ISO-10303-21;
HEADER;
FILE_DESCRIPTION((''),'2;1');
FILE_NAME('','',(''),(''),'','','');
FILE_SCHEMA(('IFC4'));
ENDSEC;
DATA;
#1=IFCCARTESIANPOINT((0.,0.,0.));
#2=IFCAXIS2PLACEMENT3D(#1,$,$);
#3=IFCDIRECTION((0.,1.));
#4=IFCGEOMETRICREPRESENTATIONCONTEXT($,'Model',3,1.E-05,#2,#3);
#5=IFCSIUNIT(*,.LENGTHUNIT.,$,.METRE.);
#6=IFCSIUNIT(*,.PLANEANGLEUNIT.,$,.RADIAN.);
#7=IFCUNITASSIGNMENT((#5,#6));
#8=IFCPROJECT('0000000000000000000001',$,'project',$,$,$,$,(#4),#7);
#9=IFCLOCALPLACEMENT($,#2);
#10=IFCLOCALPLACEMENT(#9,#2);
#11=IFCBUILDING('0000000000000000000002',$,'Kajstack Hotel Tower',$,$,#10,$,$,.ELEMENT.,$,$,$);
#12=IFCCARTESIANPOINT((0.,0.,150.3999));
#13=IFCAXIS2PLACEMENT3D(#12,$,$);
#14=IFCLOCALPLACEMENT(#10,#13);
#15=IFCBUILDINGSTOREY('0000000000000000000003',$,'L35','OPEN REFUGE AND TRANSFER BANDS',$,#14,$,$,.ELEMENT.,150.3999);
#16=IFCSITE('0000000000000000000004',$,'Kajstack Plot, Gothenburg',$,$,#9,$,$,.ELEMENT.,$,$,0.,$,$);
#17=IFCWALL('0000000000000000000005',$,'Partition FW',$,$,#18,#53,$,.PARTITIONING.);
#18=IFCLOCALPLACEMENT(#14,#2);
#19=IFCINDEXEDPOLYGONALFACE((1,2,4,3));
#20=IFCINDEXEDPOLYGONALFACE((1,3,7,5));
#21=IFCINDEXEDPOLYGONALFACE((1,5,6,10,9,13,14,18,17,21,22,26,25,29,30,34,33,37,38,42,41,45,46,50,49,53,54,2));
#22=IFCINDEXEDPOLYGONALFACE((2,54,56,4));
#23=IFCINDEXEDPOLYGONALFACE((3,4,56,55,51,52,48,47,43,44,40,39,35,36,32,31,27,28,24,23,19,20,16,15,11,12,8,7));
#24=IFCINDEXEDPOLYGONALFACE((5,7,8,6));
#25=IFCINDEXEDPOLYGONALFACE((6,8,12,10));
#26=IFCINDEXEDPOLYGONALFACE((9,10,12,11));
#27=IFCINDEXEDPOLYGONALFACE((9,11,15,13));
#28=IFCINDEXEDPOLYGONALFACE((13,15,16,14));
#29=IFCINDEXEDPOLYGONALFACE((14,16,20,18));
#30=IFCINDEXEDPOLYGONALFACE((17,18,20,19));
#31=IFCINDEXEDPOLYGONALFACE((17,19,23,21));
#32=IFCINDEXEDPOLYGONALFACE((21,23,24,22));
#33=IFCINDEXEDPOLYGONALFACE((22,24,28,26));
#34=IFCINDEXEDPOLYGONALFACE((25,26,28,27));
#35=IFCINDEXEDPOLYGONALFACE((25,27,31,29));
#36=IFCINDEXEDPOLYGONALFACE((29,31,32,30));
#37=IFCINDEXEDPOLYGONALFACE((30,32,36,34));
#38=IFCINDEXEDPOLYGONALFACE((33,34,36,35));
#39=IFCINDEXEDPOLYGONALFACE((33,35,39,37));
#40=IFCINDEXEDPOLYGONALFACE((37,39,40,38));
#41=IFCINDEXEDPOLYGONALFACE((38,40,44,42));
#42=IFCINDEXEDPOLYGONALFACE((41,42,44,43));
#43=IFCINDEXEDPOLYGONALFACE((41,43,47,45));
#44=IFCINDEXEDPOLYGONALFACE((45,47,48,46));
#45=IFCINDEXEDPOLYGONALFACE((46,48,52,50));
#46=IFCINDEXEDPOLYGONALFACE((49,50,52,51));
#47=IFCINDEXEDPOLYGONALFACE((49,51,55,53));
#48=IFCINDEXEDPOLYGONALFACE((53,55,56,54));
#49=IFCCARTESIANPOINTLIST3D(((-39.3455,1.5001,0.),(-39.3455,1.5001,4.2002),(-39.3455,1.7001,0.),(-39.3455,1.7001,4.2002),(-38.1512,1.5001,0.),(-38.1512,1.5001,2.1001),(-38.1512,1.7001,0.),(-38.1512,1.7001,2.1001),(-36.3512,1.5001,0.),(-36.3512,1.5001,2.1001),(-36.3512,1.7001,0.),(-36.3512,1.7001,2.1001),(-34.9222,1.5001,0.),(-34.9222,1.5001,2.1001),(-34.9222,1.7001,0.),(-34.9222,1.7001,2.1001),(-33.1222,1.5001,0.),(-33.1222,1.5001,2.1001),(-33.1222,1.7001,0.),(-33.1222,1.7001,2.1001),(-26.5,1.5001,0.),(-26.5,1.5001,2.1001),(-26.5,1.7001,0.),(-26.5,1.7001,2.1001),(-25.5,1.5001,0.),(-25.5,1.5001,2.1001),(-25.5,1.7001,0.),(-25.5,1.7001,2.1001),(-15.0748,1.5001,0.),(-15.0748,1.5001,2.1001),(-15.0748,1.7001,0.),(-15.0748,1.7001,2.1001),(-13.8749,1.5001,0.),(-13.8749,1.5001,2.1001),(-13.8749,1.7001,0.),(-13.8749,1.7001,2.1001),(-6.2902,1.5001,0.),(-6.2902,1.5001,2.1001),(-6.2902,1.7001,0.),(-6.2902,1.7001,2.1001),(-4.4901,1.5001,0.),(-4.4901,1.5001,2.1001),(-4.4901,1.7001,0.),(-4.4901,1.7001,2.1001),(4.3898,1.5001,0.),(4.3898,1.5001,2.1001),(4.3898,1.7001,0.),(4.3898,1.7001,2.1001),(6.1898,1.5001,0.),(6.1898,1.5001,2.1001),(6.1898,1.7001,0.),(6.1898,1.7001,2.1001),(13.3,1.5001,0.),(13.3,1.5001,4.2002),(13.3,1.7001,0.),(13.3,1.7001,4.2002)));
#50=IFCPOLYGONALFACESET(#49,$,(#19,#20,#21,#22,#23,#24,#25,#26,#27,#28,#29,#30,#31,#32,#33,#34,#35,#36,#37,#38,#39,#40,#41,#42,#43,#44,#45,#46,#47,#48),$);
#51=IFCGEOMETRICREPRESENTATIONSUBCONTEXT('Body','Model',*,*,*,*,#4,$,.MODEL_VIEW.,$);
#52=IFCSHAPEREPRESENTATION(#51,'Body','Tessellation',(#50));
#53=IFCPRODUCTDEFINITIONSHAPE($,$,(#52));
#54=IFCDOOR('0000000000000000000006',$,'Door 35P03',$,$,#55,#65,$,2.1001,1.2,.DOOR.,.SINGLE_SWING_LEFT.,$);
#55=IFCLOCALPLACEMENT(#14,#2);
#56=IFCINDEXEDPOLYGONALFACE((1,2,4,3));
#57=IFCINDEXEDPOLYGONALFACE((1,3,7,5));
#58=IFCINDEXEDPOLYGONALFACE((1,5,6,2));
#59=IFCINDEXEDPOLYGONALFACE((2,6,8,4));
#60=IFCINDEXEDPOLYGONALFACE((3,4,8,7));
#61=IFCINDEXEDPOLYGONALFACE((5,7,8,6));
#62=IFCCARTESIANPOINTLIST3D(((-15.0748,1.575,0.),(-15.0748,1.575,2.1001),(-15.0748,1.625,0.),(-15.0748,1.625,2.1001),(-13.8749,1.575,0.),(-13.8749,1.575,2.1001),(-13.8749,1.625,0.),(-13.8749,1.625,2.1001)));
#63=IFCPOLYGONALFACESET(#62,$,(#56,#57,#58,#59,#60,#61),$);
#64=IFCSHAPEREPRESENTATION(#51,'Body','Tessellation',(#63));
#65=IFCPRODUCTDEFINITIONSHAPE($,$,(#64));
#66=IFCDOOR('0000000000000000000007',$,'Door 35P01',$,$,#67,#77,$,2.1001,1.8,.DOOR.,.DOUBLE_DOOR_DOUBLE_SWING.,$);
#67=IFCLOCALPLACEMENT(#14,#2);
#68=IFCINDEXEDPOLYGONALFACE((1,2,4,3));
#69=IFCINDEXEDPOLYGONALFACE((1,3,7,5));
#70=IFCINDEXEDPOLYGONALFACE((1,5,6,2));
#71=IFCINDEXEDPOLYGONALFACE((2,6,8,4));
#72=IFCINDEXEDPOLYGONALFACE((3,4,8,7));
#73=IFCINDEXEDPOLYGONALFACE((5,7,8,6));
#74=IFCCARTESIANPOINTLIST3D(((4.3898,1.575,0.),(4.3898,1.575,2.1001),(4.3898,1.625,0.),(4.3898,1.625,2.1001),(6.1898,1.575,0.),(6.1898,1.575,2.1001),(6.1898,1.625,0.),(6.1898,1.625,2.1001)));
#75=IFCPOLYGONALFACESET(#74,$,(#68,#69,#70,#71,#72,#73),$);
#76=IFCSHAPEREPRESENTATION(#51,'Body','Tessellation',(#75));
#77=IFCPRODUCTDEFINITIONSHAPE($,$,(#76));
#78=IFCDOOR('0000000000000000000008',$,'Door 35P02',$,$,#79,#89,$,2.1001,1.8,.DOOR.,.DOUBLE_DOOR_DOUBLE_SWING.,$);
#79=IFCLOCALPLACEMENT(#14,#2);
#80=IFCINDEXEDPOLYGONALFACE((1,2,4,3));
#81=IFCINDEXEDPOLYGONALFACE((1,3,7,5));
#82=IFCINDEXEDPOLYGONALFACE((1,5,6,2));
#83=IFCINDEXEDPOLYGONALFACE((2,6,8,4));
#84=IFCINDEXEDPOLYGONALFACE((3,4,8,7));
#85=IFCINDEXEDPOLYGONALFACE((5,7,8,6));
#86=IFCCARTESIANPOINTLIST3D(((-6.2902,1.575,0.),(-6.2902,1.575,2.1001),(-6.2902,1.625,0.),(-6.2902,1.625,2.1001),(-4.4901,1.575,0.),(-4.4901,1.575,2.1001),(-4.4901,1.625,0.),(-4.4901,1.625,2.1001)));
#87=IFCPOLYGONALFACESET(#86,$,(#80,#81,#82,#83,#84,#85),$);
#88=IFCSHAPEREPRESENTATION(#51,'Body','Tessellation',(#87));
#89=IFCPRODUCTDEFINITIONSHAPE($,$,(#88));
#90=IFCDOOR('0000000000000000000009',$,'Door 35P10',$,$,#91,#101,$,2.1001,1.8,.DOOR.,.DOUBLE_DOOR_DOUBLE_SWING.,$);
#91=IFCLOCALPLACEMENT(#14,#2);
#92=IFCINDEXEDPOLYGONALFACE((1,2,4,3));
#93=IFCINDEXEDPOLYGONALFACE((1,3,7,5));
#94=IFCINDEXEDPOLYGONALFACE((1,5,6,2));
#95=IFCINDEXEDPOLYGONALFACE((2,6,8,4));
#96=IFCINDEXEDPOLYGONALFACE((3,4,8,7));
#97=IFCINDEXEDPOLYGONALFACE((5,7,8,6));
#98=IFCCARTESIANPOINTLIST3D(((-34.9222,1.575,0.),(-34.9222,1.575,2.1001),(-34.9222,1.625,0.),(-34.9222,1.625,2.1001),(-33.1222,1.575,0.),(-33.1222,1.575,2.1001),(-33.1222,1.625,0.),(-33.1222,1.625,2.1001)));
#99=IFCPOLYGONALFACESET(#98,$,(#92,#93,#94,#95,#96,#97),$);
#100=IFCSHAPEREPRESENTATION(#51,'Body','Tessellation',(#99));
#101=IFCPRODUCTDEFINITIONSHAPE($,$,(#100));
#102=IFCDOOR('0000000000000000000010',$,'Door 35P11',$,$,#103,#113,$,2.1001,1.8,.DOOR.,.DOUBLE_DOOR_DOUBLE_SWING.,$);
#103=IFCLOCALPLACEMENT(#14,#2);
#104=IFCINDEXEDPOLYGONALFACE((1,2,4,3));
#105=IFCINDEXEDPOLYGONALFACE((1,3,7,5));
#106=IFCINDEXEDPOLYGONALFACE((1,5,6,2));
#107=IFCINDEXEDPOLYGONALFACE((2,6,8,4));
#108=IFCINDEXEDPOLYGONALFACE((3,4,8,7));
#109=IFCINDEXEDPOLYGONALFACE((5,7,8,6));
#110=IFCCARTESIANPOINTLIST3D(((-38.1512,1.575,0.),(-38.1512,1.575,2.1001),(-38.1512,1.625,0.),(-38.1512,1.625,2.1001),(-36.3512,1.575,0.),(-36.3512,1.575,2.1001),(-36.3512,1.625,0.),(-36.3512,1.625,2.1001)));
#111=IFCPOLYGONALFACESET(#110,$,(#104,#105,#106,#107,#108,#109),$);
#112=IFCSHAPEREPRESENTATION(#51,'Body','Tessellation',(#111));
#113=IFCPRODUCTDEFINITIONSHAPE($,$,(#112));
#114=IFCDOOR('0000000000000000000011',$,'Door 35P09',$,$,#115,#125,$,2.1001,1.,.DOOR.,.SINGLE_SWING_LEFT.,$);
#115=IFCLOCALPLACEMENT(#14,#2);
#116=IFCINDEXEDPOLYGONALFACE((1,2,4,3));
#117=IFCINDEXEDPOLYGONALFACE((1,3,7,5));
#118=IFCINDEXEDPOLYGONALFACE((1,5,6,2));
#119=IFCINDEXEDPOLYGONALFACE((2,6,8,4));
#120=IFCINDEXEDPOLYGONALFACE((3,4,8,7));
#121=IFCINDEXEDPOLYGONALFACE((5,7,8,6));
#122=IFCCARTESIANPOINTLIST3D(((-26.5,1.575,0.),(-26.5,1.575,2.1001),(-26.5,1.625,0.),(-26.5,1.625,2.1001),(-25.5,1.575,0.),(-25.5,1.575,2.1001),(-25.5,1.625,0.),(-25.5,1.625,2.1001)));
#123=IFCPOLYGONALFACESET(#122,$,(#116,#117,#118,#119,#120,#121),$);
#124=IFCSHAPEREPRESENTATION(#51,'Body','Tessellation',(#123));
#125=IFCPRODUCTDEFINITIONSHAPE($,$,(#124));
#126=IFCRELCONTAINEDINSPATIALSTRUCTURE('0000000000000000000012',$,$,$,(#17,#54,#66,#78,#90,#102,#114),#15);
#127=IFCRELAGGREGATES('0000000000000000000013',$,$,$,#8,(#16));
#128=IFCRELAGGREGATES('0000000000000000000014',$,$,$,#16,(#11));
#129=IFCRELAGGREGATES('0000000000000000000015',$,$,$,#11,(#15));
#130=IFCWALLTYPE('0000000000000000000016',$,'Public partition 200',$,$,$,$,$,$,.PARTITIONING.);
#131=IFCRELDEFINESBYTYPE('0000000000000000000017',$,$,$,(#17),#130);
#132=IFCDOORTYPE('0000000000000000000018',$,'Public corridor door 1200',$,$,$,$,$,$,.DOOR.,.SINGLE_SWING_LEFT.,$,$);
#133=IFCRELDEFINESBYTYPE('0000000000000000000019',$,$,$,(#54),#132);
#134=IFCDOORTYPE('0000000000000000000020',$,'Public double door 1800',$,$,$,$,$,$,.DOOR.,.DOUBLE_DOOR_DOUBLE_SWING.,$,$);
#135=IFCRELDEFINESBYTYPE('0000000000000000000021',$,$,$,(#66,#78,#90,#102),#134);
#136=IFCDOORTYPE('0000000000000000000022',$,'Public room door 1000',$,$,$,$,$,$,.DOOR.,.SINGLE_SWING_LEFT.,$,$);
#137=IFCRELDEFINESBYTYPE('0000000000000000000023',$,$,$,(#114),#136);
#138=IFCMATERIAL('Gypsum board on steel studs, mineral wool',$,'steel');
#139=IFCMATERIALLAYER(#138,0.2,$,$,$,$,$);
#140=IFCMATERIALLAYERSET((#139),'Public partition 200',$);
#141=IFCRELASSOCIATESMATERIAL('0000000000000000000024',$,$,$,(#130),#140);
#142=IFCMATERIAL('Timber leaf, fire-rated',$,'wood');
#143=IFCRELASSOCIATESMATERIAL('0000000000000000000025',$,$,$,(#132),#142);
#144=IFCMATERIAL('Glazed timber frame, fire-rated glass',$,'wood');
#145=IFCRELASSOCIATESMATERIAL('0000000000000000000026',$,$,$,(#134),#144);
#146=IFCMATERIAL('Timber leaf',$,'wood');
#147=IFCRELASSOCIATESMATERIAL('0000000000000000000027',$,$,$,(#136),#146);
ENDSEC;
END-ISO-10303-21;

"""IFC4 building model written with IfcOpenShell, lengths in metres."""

from ifc_helpers import new_model, si_unit, direction, frame, frame_2d, origin, place, context, subcontext, project, spatial, rectangle, extrude, material, layer, layer_set, type_object, element, fill, save


model = new_model("IFC4")

# Units and contexts
model_context = context("Model", 3, precision=1e-05, world=origin(), true_north=direction((0.0, 1.0)))
body_context = subcontext(model_context, "Body", "Model", "MODEL_VIEW")
ifc_project = project(units=[si_unit("LENGTHUNIT", "METRE"), si_unit("PLANEANGLEUNIT", "RADIAN")], contexts=[model_context])

# Site, building, storey
site_placement = place(None, origin())
site = spatial("IfcSite", under=ifc_project, at=site_placement, Name="Kajstack Plot, Gothenburg", CompositionType="ELEMENT", RefElevation=0.0)
building_placement = place(site_placement, origin())
building = spatial("IfcBuilding", under=site, at=building_placement, Name="Kajstack Hotel Tower", CompositionType="ELEMENT")
storey_placement = place(building_placement, frame((0.0, 0.0, 150.3999)))
storey = spatial("IfcBuildingStorey", under=building, at=storey_placement, Name="L35", Description="OPEN REFUGE AND TRANSFER BANDS", CompositionType="ELEMENT", Elevation=150.3999)

# Wall, openings, doors
ifc_material_1 = material(Name="Gypsum board on steel studs, mineral wool", Category="steel")
ifc_layer_1 = layer(ifc_material_1, 0.2)
ifc_layer_set_1 = layer_set([ifc_layer_1], Name="Public partition 200")
wall_type_1 = type_object("IfcWallType", Name="Public partition 200", PredefinedType="PARTITIONING", material=ifc_layer_set_1)
wall_1_placement = place(storey_placement, frame((-39.3455, 1.6001, 0.0), z_axis=(0.0, 0.0, 1.0), x_axis=(1.0, 0.0, 0.0)))
wall_1 = element("IfcWall", 1, at=wall_1_placement, inside=storey, type_object=wall_type_1, Name="Partition FW", PredefinedType="PARTITIONING", context=body_context, shape_type="SweptSolid", body=[
    extrude(rectangle(XDim=52.6455, YDim=0.2, at=frame_2d((26.3228, 0.0))), origin(), (0.0, 0.0, 1.0), 4.2002),
])
opening_1_placement = place(wall_1_placement, frame((43.7354, 0.0, 0.0)))
opening_1 = element("IfcOpeningElement", 2, at=opening_1_placement, cuts=wall_1, PredefinedType="OPENING", context=body_context, shape_type="SweptSolid", body=[
    extrude(rectangle(XDim=1.8, YDim=2.1001, at=frame_2d((0.8999, 1.05))), frame((0.0, 0.1099, 0.0), z_axis=(0.0, -1.0, 0.0), x_axis=(1.0, 0.0, 0.0)), (0.0, 0.0, 1.0), 0.22),
])
opening_2_placement = place(wall_1_placement, frame((33.0554, 0.0, 0.0)))
opening_2 = element("IfcOpeningElement", 3, at=opening_2_placement, cuts=wall_1, PredefinedType="OPENING", context=body_context, shape_type="SweptSolid", body=[
    extrude(rectangle(XDim=1.8, YDim=2.1001, at=frame_2d((0.8999, 1.05))), frame((0.0, 0.1099, 0.0), z_axis=(0.0, -1.0, 0.0), x_axis=(1.0, 0.0, 0.0)), (0.0, 0.0, 1.0), 0.22),
])
opening_3_placement = place(wall_1_placement, frame((24.2705, 0.0, 0.0)))
opening_3 = element("IfcOpeningElement", 4, at=opening_3_placement, cuts=wall_1, PredefinedType="OPENING", context=body_context, shape_type="SweptSolid", body=[
    extrude(rectangle(XDim=1.2, YDim=2.1001, at=frame_2d((0.6001, 1.05))), frame((0.0, 0.1099, 0.0), z_axis=(0.0, -1.0, 0.0), x_axis=(1.0, 0.0, 0.0)), (0.0, 0.0, 1.0), 0.22),
])
opening_4_placement = place(wall_1_placement, frame((12.8455, 0.0, 0.0)))
opening_4 = element("IfcOpeningElement", 5, at=opening_4_placement, cuts=wall_1, PredefinedType="OPENING", context=body_context, shape_type="SweptSolid", body=[
    extrude(rectangle(XDim=1.0, YDim=2.1001, at=frame_2d((0.5, 1.05))), frame((0.0, 0.1099, 0.0), z_axis=(0.0, -1.0, 0.0), x_axis=(1.0, 0.0, 0.0)), (0.0, 0.0, 1.0), 0.22),
])
opening_5_placement = place(wall_1_placement, frame((4.4233, 0.0, 0.0)))
opening_5 = element("IfcOpeningElement", 6, at=opening_5_placement, cuts=wall_1, PredefinedType="OPENING", context=body_context, shape_type="SweptSolid", body=[
    extrude(rectangle(XDim=1.8, YDim=2.1001, at=frame_2d((0.8999, 1.05))), frame((0.0, 0.1099, 0.0), z_axis=(0.0, -1.0, 0.0), x_axis=(1.0, 0.0, 0.0)), (0.0, 0.0, 1.0), 0.22),
])
opening_6_placement = place(wall_1_placement, frame((1.1943, 0.0, 0.0)))
opening_6 = element("IfcOpeningElement", 7, at=opening_6_placement, cuts=wall_1, PredefinedType="OPENING", context=body_context, shape_type="SweptSolid", body=[
    extrude(rectangle(XDim=1.8, YDim=2.1001, at=frame_2d((0.8999, 1.05))), frame((0.0, 0.1099, 0.0), z_axis=(0.0, -1.0, 0.0), x_axis=(1.0, 0.0, 0.0)), (0.0, 0.0, 1.0), 0.22),
])
ifc_material_2 = material(Name="Timber leaf, fire-rated", Category="wood")
door_type_1 = type_object("IfcDoorType", Name="Public corridor door 1200", OperationType="SINGLE_SWING_LEFT", PredefinedType="DOOR", material=ifc_material_2)
door_1_placement = place(opening_3_placement, origin())
door_1 = element("IfcDoor", 8, at=door_1_placement, inside=storey, type_object=door_type_1, Name="Door 35P03", OperationType="SINGLE_SWING_LEFT", OverallHeight=2.1001, OverallWidth=1.2, PredefinedType="DOOR", context=body_context, shape_type="SweptSolid", body=[
    extrude(rectangle(XDim=1.2, YDim=2.1001, at=frame_2d((0.6001, 1.05))), frame((0.0, 0.0249, 0.0), z_axis=(0.0, -1.0, 0.0), x_axis=(1.0, 0.0, 0.0)), (0.0, 0.0, 1.0), 0.05),
])
fill(opening_3, door_1)
ifc_material_3 = material(Name="Glazed timber frame, fire-rated glass", Category="wood")
door_type_2 = type_object("IfcDoorType", Name="Public double door 1800", OperationType="DOUBLE_DOOR_DOUBLE_SWING", PredefinedType="DOOR", material=ifc_material_3)
door_2_placement = place(opening_1_placement, origin())
door_2 = element("IfcDoor", 9, at=door_2_placement, inside=storey, type_object=door_type_2, Name="Door 35P01", OperationType="DOUBLE_DOOR_DOUBLE_SWING", OverallHeight=2.1001, OverallWidth=1.8, PredefinedType="DOOR", context=body_context, shape_type="SweptSolid", body=[
    extrude(rectangle(XDim=1.8, YDim=2.1001, at=frame_2d((0.8999, 1.05))), frame((0.0, 0.0249, 0.0), z_axis=(0.0, -1.0, 0.0), x_axis=(1.0, 0.0, 0.0)), (0.0, 0.0, 1.0), 0.05),
])
fill(opening_1, door_2)
door_3_placement = place(opening_2_placement, origin())
door_3 = element("IfcDoor", 10, at=door_3_placement, inside=storey, type_object=door_type_2, Name="Door 35P02", OperationType="DOUBLE_DOOR_DOUBLE_SWING", OverallHeight=2.1001, OverallWidth=1.8, PredefinedType="DOOR", context=body_context, shape_type="SweptSolid", body=[
    extrude(rectangle(XDim=1.8, YDim=2.1001, at=frame_2d((0.8999, 1.05))), frame((0.0, 0.0249, 0.0), z_axis=(0.0, -1.0, 0.0), x_axis=(1.0, 0.0, 0.0)), (0.0, 0.0, 1.0), 0.05),
])
fill(opening_2, door_3)
door_4_placement = place(opening_5_placement, origin())
door_4 = element("IfcDoor", 11, at=door_4_placement, inside=storey, type_object=door_type_2, Name="Door 35P10", OperationType="DOUBLE_DOOR_DOUBLE_SWING", OverallHeight=2.1001, OverallWidth=1.8, PredefinedType="DOOR", context=body_context, shape_type="SweptSolid", body=[
    extrude(rectangle(XDim=1.8, YDim=2.1001, at=frame_2d((0.8999, 1.05))), frame((0.0, 0.0249, 0.0), z_axis=(0.0, -1.0, 0.0), x_axis=(1.0, 0.0, 0.0)), (0.0, 0.0, 1.0), 0.05),
])
fill(opening_5, door_4)
door_5_placement = place(opening_6_placement, origin())
door_5 = element("IfcDoor", 12, at=door_5_placement, inside=storey, type_object=door_type_2, Name="Door 35P11", OperationType="DOUBLE_DOOR_DOUBLE_SWING", OverallHeight=2.1001, OverallWidth=1.8, PredefinedType="DOOR", context=body_context, shape_type="SweptSolid", body=[
    extrude(rectangle(XDim=1.8, YDim=2.1001, at=frame_2d((0.8999, 1.05))), frame((0.0, 0.0249, 0.0), z_axis=(0.0, -1.0, 0.0), x_axis=(1.0, 0.0, 0.0)), (0.0, 0.0, 1.0), 0.05),
])
fill(opening_6, door_5)
ifc_material_4 = material(Name="Timber leaf", Category="wood")
door_type_3 = type_object("IfcDoorType", Name="Public room door 1000", OperationType="SINGLE_SWING_LEFT", PredefinedType="DOOR", material=ifc_material_4)
door_6_placement = place(opening_4_placement, origin())
door_6 = element("IfcDoor", 13, at=door_6_placement, inside=storey, type_object=door_type_3, Name="Door 35P09", OperationType="SINGLE_SWING_LEFT", OverallHeight=2.1001, OverallWidth=1.0, PredefinedType="DOOR", context=body_context, shape_type="SweptSolid", body=[
    extrude(rectangle(XDim=1.0, YDim=2.1001, at=frame_2d((0.5, 1.05))), frame((0.0, 0.0249, 0.0), z_axis=(0.0, -1.0, 0.0), x_axis=(1.0, 0.0, 0.0)), (0.0, 0.0, 1.0), 0.05),
])
fill(opening_4, door_6)

save(model, "model.ifc")
